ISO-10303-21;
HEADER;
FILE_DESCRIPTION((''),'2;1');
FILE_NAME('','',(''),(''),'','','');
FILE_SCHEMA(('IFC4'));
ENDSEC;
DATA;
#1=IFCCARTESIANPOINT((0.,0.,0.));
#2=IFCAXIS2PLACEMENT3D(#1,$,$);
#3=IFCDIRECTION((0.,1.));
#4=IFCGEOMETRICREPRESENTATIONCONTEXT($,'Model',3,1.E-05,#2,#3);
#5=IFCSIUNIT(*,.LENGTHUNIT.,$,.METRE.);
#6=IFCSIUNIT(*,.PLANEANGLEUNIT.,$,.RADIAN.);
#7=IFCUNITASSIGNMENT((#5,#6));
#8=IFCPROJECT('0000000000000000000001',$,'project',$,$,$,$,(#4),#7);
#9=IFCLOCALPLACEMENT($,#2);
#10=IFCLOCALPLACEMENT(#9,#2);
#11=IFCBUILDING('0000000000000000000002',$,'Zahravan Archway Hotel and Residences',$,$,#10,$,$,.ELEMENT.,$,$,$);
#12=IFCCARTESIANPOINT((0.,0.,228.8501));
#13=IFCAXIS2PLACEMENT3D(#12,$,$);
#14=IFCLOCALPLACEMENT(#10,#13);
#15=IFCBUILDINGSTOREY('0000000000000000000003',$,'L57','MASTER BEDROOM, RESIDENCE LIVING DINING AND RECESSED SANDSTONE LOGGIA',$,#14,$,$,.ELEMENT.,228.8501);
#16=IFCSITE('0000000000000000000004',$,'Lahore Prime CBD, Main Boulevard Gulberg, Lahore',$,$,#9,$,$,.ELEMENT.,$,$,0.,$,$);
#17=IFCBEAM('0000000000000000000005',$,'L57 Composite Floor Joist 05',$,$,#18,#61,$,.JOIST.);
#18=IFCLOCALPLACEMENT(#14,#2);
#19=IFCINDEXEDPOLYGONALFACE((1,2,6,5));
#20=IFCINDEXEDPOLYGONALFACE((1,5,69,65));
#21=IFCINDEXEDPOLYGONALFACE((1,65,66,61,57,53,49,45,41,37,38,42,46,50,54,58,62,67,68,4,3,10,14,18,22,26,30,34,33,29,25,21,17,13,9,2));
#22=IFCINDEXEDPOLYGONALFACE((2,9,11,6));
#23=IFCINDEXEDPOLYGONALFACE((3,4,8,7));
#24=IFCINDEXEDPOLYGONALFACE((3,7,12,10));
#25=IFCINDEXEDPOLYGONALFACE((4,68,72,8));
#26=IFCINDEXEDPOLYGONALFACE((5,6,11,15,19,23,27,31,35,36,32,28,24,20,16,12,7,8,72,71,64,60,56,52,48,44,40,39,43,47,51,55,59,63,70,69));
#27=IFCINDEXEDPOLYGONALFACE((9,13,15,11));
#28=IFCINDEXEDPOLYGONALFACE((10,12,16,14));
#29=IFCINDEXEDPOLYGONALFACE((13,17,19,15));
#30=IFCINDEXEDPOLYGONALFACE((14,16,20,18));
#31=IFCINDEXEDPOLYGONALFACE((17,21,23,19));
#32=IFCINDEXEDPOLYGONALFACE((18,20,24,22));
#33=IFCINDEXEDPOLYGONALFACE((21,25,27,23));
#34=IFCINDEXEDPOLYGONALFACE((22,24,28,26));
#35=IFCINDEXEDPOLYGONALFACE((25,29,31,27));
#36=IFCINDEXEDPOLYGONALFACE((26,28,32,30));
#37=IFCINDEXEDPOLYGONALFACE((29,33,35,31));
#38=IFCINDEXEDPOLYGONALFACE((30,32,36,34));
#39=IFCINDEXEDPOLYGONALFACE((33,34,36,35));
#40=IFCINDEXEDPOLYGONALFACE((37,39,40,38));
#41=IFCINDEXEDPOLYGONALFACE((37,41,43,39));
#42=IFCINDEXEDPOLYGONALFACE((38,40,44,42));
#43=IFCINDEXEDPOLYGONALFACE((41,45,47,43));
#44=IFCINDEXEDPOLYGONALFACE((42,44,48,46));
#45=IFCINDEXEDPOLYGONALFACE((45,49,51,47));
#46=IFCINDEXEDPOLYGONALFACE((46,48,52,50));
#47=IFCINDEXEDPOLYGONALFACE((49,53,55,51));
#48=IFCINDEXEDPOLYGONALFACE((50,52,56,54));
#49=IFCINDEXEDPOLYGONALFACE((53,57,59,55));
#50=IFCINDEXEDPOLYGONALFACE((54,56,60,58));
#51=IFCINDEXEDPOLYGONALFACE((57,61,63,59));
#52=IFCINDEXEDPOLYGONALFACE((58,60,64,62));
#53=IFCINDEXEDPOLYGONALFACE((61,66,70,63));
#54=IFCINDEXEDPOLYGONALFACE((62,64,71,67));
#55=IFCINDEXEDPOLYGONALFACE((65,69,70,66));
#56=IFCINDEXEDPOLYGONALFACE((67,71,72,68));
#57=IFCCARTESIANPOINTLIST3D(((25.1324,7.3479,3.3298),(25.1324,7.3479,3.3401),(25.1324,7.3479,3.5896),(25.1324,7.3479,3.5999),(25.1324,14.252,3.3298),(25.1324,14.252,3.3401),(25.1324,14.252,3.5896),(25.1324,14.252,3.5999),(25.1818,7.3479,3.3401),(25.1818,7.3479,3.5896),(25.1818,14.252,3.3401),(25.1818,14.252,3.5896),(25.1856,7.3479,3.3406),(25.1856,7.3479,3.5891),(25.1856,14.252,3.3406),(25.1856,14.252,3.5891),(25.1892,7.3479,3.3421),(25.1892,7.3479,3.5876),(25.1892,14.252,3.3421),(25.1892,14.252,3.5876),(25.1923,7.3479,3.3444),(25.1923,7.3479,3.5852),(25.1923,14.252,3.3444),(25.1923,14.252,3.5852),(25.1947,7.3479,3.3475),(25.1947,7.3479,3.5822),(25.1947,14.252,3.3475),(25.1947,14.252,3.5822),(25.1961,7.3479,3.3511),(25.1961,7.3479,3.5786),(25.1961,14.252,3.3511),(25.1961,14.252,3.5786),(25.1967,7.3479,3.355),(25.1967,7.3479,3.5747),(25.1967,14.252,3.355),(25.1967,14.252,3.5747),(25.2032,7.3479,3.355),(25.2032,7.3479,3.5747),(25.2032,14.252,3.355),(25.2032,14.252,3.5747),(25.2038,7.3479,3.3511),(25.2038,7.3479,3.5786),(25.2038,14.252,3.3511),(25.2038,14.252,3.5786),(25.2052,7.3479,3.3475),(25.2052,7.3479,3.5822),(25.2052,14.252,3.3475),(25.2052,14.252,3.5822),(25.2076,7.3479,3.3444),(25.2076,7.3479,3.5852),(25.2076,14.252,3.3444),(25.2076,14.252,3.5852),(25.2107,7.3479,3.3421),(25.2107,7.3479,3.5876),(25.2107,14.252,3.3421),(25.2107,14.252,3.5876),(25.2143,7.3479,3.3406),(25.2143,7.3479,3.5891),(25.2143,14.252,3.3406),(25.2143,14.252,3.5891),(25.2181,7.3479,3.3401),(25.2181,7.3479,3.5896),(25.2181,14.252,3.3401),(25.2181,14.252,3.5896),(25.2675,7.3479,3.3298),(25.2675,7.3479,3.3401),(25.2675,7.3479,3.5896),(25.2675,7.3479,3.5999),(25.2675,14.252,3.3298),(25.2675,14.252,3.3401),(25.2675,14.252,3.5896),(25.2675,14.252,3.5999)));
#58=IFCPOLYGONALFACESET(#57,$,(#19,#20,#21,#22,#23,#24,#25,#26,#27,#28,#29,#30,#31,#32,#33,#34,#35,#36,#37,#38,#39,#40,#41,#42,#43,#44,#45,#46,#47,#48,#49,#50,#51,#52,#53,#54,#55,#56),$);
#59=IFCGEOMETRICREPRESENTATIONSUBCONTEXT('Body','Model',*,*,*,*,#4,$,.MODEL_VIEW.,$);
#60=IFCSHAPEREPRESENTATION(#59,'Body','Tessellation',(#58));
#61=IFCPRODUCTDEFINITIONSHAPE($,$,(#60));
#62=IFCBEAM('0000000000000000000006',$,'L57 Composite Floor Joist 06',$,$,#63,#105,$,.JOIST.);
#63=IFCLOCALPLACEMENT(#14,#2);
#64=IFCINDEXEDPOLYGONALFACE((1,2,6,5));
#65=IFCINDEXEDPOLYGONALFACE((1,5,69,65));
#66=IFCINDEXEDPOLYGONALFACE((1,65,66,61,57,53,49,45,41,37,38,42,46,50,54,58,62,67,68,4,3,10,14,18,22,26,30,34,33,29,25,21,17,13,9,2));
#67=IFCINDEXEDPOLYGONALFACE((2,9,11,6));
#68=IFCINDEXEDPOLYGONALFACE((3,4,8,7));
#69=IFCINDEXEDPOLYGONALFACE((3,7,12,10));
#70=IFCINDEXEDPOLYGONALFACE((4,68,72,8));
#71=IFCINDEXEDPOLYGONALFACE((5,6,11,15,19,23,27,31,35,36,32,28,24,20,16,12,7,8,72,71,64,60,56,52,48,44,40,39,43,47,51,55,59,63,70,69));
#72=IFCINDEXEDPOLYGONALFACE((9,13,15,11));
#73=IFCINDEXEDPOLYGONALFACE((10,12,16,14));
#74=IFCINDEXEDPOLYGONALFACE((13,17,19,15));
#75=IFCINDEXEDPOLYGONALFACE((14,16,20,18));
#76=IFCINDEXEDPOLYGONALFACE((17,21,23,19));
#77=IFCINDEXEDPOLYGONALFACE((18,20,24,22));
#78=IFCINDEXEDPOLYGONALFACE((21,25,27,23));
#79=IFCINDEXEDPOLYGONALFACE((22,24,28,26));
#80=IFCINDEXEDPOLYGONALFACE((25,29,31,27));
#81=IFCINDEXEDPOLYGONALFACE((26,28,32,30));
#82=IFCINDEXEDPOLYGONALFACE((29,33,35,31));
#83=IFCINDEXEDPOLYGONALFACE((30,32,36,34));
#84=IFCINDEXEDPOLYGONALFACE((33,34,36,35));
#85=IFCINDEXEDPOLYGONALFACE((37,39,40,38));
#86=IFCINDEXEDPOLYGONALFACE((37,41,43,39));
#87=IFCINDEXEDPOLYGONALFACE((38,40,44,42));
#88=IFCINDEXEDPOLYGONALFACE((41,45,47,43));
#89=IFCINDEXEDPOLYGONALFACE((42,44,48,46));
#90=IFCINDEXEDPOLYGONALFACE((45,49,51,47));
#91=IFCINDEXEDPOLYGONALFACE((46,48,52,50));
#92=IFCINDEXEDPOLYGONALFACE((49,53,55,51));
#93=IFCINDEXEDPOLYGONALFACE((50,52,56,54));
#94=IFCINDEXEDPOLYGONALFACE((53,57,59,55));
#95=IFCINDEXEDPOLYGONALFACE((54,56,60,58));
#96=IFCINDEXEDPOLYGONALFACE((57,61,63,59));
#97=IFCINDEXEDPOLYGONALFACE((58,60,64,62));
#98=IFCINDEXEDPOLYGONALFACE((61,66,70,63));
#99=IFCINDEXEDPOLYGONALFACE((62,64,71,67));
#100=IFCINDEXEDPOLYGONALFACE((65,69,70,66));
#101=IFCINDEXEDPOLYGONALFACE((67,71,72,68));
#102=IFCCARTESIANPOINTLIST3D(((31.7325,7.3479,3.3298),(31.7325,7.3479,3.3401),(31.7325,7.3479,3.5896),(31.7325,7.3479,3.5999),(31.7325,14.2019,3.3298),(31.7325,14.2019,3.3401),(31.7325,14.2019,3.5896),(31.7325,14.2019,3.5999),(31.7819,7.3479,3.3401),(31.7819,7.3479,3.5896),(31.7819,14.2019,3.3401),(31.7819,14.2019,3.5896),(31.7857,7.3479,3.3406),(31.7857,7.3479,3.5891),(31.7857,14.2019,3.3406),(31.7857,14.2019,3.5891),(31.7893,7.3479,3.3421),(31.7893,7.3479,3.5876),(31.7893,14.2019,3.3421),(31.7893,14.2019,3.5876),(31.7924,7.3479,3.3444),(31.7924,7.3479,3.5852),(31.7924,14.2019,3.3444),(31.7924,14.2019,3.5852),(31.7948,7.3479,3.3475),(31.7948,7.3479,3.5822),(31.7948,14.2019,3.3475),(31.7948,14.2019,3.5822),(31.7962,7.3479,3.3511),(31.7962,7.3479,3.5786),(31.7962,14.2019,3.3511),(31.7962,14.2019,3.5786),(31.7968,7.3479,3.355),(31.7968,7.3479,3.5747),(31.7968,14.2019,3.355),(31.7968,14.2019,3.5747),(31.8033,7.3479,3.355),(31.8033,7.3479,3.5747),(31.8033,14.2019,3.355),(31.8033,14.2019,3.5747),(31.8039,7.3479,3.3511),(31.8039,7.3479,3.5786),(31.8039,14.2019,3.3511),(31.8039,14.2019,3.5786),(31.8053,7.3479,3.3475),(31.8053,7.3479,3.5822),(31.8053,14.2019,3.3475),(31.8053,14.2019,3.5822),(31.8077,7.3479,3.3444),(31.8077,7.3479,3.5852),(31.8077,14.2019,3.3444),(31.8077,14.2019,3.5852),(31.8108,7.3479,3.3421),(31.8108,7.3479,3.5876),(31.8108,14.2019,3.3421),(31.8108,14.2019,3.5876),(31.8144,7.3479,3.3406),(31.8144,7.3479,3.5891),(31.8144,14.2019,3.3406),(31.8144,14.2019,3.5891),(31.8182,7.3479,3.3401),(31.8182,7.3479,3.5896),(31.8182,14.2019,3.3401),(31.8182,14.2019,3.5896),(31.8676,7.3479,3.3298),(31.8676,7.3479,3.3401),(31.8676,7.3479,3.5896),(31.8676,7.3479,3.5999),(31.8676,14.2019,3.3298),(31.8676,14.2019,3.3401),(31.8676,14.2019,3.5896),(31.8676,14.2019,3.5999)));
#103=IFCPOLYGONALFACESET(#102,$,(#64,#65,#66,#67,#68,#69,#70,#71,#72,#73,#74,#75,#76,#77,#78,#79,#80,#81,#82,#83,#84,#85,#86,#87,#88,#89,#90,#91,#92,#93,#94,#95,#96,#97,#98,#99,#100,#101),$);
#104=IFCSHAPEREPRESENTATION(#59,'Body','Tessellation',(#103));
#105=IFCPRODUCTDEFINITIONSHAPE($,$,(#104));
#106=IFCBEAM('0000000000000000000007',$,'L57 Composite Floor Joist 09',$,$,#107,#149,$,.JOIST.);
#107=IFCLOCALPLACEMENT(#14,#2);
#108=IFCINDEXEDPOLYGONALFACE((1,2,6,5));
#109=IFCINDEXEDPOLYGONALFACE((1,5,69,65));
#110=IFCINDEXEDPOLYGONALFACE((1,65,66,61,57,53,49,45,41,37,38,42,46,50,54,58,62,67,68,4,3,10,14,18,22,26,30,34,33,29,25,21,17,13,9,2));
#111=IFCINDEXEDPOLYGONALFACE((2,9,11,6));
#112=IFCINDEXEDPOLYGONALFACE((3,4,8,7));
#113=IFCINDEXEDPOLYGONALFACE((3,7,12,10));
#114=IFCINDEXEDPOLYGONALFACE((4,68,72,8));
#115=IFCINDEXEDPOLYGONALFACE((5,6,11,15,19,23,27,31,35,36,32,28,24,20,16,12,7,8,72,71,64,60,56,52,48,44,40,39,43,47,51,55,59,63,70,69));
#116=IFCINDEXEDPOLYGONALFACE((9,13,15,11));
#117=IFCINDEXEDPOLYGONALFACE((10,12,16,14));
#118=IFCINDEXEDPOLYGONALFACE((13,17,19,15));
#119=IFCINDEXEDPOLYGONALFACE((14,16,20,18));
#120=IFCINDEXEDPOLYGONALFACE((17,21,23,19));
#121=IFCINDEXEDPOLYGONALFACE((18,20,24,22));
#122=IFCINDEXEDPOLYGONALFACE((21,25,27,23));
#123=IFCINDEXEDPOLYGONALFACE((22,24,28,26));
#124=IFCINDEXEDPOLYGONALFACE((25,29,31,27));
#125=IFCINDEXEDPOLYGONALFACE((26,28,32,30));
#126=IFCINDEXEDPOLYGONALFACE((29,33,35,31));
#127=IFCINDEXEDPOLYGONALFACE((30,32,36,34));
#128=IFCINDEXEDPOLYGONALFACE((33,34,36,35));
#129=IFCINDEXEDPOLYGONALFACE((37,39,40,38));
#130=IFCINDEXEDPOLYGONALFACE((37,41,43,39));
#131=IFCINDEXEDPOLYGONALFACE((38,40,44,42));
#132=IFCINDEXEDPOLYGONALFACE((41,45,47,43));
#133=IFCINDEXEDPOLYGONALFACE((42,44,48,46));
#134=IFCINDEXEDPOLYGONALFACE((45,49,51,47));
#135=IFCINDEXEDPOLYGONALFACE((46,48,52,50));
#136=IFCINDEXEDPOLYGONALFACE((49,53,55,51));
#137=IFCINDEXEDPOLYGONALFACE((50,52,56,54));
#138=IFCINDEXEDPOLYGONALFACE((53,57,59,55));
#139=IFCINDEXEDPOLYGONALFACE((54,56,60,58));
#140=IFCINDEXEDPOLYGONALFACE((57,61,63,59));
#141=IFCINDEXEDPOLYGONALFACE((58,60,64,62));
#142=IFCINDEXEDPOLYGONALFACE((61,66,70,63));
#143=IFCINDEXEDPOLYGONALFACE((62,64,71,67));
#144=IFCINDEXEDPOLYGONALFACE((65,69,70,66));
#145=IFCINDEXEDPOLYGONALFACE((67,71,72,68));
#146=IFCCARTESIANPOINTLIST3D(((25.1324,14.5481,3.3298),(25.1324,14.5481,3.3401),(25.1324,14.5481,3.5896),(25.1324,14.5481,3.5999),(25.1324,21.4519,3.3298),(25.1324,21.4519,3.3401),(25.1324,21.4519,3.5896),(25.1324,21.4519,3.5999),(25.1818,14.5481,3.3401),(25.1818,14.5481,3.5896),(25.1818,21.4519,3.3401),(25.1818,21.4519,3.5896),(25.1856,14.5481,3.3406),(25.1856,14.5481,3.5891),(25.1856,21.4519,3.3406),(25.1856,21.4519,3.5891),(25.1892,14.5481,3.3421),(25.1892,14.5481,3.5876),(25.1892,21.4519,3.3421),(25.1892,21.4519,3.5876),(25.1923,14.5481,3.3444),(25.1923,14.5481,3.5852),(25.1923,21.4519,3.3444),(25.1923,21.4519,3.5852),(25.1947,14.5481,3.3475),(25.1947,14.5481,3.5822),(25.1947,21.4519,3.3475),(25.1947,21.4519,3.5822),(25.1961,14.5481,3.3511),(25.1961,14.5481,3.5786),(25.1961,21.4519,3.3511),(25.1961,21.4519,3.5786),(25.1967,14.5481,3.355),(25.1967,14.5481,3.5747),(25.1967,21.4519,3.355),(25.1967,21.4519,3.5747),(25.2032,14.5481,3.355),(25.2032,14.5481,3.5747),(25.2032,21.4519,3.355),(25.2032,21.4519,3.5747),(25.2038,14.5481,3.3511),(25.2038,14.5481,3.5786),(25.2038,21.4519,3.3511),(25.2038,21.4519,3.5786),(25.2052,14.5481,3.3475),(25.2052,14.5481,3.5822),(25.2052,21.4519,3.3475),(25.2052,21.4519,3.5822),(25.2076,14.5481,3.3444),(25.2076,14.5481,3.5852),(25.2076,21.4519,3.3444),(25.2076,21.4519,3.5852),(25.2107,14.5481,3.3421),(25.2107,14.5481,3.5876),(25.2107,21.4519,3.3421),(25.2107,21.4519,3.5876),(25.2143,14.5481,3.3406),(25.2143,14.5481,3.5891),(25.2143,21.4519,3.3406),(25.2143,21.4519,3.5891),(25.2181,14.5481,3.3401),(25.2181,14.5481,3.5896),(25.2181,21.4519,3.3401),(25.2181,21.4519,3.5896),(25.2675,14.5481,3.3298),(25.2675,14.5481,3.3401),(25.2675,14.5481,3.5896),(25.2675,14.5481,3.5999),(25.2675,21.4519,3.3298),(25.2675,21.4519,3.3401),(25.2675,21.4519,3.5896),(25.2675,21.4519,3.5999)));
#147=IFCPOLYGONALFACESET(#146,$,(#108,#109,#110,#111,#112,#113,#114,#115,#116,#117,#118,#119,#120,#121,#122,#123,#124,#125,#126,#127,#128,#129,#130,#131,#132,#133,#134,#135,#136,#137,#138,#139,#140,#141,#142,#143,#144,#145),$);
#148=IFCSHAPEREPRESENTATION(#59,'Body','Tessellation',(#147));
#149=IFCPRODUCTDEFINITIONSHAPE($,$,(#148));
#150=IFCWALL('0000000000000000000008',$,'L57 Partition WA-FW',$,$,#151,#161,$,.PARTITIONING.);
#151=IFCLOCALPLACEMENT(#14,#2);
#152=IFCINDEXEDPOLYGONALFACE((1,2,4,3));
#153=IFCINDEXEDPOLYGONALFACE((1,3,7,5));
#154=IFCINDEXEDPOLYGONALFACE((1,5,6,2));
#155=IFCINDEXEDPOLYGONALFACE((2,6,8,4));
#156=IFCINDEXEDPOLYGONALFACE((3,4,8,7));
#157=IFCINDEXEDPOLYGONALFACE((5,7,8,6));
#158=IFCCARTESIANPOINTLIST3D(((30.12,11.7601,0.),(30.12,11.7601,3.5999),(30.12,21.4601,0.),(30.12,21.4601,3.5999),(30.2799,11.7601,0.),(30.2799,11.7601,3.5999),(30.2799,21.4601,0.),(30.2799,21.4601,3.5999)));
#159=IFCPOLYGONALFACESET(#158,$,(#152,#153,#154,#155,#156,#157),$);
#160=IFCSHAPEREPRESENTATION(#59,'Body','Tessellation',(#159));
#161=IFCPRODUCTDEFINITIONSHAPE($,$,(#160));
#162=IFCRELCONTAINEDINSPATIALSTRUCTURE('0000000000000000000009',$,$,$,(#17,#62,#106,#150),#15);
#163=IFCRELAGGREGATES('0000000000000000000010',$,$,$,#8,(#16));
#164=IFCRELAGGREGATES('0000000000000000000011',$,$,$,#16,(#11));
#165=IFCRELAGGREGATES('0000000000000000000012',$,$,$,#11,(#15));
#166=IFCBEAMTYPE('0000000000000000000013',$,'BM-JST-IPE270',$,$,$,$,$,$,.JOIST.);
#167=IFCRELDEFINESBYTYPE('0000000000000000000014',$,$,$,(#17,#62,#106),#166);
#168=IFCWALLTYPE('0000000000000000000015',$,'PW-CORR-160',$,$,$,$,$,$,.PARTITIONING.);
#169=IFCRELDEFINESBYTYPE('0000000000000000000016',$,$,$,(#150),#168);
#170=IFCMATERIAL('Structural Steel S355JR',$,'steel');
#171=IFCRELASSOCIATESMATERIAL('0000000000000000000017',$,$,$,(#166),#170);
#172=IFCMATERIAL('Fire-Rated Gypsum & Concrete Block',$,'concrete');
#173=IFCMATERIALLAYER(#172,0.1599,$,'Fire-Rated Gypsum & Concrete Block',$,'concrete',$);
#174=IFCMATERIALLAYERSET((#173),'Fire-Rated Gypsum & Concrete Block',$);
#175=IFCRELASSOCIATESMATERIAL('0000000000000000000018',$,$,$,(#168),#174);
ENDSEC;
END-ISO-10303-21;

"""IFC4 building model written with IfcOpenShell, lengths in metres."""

from ifc_helpers import new_model, si_unit, direction, frame, frame_2d, origin, origin_2d, place, context, subcontext, project, spatial, rectangle, i_section, extrude, source, transform, mapped, material, layer, layer_set, material_profile, profile_set, type_object, type_shapes, element, save


model = new_model("IFC4")

# Units and contexts
model_context = context("Model", 3, precision=1e-05, world=origin(), true_north=direction((0.0, 1.0)))
body_context = subcontext(model_context, "Body", "Model", "MODEL_VIEW")
ifc_project = project(units=[si_unit("LENGTHUNIT", "METRE"), si_unit("PLANEANGLEUNIT", "RADIAN")], contexts=[model_context])

# Site, building, storey
site_placement = place(None, origin())
site = spatial("IfcSite", under=ifc_project, at=site_placement, Name="Lahore Prime CBD, Main Boulevard Gulberg, Lahore", CompositionType="ELEMENT", RefElevation=0.0)
building_placement = place(site_placement, origin())
building = spatial("IfcBuilding", under=site, at=building_placement, Name="Zahravan Archway Hotel and Residences", CompositionType="ELEMENT")
storey_placement = place(building_placement, frame((0.0, 0.0, 228.8501)))
storey = spatial("IfcBuildingStorey", under=building, at=storey_placement, Name="L57", Description="MASTER BEDROOM, RESIDENCE LIVING DINING AND RECESSED SANDSTONE LOGGIA", CompositionType="ELEMENT", Elevation=228.8501)

# Beams
ifc_material_1 = material(Name="Structural Steel S355JR", Category="steel")
ifc_material_profile_1 = material_profile(ifc_material_1, i_section(OverallWidth=0.135, OverallDepth=0.27, WebThickness=0.0066, FlangeThickness=0.0103, FilletRadius=0.0149, at=origin_2d()), Name="IPE 270", Category="steel")
ifc_profile_set_1 = profile_set([ifc_material_profile_1], Name="Structural Steel S355JR")
beam_type_1 = type_object("IfcBeamType", Name="BM-JST-IPE270", PredefinedType="JOIST", material=ifc_profile_set_1)
shared_shape_1 = source(origin(), body_context, "Body", "SweptSolid", [
    extrude(i_section(OverallWidth=0.135, OverallDepth=0.27, WebThickness=0.0066, FlangeThickness=0.0103, FilletRadius=0.0149, at=origin_2d()), origin(), (0.0, 0.0, 1.0), 6.9041),
])
type_shapes(beam_type_1, [shared_shape_1])
beam_1_placement = place(storey_placement, frame((25.2, 7.3479, 3.4648), z_axis=(0.0, 1.0, 0.0), x_axis=(-1.0, 0.0, 0.0)))
element("IfcBeam", 1, at=beam_1_placement, inside=storey, type_object=beam_type_1, Name="L57 Composite Floor Joist 05", PredefinedType="JOIST", context=body_context, shape_type="MappedRepresentation", body=[
    mapped(shared_shape_1, transform((0.0, 0.0, 0.0), scale=1.0)),
])
shared_shape_2 = source(origin(), body_context, "Body", "SweptSolid", [
    extrude(i_section(OverallWidth=0.135, OverallDepth=0.27, WebThickness=0.0066, FlangeThickness=0.0103, FilletRadius=0.0149, at=origin_2d()), origin(), (0.0, 0.0, 1.0), 6.854),
])
beam_2_placement = place(storey_placement, frame((31.8, 7.3479, 3.4648), z_axis=(0.0, 1.0, 0.0), x_axis=(-1.0, 0.0, 0.0)))
element("IfcBeam", 2, at=beam_2_placement, inside=storey, type_object=beam_type_1, Name="L57 Composite Floor Joist 06", PredefinedType="JOIST", context=body_context, shape_type="MappedRepresentation", body=[
    mapped(shared_shape_2, transform((0.0, 0.0, 0.0), scale=1.0)),
])
shared_shape_3 = source(origin(), body_context, "Body", "SweptSolid", [
    extrude(i_section(OverallWidth=0.135, OverallDepth=0.27, WebThickness=0.0066, FlangeThickness=0.0103, FilletRadius=0.0149, at=origin_2d()), origin(), (0.0, 0.0, 1.0), 6.9038),
])
beam_3_placement = place(storey_placement, frame((25.2, 14.5481, 3.4648), z_axis=(0.0, 1.0, 0.0), x_axis=(-1.0, 0.0, 0.0)))
element("IfcBeam", 3, at=beam_3_placement, inside=storey, type_object=beam_type_1, Name="L57 Composite Floor Joist 09", PredefinedType="JOIST", context=body_context, shape_type="MappedRepresentation", body=[
    mapped(shared_shape_3, transform((0.0, 0.0, 0.0), scale=1.0)),
])

# Wall
ifc_material_2 = material(Name="Fire-Rated Gypsum & Concrete Block", Category="concrete")
ifc_layer_1 = layer(ifc_material_2, 0.1599, Name="Fire-Rated Gypsum & Concrete Block", Category="concrete")
ifc_layer_set_1 = layer_set([ifc_layer_1], Name="Fire-Rated Gypsum & Concrete Block")
wall_type_1 = type_object("IfcWallType", Name="PW-CORR-160", PredefinedType="PARTITIONING", material=ifc_layer_set_1)
wall_1_placement = place(storey_placement, frame((30.2, 11.76, 0.0), z_axis=(0.0, 0.0, 1.0), x_axis=(0.0, 1.0, 0.0)))
element("IfcWall", 4, at=wall_1_placement, inside=storey, type_object=wall_type_1, Name="L57 Partition WA-FW", PredefinedType="PARTITIONING", context=body_context, shape_type="SweptSolid", body=[
    extrude(rectangle(XDim=9.7, YDim=0.1599, at=frame_2d((4.8501, 0.0))), origin(), (0.0, 0.0, 1.0), 3.5999),
])

save(model, "model.ifc")
